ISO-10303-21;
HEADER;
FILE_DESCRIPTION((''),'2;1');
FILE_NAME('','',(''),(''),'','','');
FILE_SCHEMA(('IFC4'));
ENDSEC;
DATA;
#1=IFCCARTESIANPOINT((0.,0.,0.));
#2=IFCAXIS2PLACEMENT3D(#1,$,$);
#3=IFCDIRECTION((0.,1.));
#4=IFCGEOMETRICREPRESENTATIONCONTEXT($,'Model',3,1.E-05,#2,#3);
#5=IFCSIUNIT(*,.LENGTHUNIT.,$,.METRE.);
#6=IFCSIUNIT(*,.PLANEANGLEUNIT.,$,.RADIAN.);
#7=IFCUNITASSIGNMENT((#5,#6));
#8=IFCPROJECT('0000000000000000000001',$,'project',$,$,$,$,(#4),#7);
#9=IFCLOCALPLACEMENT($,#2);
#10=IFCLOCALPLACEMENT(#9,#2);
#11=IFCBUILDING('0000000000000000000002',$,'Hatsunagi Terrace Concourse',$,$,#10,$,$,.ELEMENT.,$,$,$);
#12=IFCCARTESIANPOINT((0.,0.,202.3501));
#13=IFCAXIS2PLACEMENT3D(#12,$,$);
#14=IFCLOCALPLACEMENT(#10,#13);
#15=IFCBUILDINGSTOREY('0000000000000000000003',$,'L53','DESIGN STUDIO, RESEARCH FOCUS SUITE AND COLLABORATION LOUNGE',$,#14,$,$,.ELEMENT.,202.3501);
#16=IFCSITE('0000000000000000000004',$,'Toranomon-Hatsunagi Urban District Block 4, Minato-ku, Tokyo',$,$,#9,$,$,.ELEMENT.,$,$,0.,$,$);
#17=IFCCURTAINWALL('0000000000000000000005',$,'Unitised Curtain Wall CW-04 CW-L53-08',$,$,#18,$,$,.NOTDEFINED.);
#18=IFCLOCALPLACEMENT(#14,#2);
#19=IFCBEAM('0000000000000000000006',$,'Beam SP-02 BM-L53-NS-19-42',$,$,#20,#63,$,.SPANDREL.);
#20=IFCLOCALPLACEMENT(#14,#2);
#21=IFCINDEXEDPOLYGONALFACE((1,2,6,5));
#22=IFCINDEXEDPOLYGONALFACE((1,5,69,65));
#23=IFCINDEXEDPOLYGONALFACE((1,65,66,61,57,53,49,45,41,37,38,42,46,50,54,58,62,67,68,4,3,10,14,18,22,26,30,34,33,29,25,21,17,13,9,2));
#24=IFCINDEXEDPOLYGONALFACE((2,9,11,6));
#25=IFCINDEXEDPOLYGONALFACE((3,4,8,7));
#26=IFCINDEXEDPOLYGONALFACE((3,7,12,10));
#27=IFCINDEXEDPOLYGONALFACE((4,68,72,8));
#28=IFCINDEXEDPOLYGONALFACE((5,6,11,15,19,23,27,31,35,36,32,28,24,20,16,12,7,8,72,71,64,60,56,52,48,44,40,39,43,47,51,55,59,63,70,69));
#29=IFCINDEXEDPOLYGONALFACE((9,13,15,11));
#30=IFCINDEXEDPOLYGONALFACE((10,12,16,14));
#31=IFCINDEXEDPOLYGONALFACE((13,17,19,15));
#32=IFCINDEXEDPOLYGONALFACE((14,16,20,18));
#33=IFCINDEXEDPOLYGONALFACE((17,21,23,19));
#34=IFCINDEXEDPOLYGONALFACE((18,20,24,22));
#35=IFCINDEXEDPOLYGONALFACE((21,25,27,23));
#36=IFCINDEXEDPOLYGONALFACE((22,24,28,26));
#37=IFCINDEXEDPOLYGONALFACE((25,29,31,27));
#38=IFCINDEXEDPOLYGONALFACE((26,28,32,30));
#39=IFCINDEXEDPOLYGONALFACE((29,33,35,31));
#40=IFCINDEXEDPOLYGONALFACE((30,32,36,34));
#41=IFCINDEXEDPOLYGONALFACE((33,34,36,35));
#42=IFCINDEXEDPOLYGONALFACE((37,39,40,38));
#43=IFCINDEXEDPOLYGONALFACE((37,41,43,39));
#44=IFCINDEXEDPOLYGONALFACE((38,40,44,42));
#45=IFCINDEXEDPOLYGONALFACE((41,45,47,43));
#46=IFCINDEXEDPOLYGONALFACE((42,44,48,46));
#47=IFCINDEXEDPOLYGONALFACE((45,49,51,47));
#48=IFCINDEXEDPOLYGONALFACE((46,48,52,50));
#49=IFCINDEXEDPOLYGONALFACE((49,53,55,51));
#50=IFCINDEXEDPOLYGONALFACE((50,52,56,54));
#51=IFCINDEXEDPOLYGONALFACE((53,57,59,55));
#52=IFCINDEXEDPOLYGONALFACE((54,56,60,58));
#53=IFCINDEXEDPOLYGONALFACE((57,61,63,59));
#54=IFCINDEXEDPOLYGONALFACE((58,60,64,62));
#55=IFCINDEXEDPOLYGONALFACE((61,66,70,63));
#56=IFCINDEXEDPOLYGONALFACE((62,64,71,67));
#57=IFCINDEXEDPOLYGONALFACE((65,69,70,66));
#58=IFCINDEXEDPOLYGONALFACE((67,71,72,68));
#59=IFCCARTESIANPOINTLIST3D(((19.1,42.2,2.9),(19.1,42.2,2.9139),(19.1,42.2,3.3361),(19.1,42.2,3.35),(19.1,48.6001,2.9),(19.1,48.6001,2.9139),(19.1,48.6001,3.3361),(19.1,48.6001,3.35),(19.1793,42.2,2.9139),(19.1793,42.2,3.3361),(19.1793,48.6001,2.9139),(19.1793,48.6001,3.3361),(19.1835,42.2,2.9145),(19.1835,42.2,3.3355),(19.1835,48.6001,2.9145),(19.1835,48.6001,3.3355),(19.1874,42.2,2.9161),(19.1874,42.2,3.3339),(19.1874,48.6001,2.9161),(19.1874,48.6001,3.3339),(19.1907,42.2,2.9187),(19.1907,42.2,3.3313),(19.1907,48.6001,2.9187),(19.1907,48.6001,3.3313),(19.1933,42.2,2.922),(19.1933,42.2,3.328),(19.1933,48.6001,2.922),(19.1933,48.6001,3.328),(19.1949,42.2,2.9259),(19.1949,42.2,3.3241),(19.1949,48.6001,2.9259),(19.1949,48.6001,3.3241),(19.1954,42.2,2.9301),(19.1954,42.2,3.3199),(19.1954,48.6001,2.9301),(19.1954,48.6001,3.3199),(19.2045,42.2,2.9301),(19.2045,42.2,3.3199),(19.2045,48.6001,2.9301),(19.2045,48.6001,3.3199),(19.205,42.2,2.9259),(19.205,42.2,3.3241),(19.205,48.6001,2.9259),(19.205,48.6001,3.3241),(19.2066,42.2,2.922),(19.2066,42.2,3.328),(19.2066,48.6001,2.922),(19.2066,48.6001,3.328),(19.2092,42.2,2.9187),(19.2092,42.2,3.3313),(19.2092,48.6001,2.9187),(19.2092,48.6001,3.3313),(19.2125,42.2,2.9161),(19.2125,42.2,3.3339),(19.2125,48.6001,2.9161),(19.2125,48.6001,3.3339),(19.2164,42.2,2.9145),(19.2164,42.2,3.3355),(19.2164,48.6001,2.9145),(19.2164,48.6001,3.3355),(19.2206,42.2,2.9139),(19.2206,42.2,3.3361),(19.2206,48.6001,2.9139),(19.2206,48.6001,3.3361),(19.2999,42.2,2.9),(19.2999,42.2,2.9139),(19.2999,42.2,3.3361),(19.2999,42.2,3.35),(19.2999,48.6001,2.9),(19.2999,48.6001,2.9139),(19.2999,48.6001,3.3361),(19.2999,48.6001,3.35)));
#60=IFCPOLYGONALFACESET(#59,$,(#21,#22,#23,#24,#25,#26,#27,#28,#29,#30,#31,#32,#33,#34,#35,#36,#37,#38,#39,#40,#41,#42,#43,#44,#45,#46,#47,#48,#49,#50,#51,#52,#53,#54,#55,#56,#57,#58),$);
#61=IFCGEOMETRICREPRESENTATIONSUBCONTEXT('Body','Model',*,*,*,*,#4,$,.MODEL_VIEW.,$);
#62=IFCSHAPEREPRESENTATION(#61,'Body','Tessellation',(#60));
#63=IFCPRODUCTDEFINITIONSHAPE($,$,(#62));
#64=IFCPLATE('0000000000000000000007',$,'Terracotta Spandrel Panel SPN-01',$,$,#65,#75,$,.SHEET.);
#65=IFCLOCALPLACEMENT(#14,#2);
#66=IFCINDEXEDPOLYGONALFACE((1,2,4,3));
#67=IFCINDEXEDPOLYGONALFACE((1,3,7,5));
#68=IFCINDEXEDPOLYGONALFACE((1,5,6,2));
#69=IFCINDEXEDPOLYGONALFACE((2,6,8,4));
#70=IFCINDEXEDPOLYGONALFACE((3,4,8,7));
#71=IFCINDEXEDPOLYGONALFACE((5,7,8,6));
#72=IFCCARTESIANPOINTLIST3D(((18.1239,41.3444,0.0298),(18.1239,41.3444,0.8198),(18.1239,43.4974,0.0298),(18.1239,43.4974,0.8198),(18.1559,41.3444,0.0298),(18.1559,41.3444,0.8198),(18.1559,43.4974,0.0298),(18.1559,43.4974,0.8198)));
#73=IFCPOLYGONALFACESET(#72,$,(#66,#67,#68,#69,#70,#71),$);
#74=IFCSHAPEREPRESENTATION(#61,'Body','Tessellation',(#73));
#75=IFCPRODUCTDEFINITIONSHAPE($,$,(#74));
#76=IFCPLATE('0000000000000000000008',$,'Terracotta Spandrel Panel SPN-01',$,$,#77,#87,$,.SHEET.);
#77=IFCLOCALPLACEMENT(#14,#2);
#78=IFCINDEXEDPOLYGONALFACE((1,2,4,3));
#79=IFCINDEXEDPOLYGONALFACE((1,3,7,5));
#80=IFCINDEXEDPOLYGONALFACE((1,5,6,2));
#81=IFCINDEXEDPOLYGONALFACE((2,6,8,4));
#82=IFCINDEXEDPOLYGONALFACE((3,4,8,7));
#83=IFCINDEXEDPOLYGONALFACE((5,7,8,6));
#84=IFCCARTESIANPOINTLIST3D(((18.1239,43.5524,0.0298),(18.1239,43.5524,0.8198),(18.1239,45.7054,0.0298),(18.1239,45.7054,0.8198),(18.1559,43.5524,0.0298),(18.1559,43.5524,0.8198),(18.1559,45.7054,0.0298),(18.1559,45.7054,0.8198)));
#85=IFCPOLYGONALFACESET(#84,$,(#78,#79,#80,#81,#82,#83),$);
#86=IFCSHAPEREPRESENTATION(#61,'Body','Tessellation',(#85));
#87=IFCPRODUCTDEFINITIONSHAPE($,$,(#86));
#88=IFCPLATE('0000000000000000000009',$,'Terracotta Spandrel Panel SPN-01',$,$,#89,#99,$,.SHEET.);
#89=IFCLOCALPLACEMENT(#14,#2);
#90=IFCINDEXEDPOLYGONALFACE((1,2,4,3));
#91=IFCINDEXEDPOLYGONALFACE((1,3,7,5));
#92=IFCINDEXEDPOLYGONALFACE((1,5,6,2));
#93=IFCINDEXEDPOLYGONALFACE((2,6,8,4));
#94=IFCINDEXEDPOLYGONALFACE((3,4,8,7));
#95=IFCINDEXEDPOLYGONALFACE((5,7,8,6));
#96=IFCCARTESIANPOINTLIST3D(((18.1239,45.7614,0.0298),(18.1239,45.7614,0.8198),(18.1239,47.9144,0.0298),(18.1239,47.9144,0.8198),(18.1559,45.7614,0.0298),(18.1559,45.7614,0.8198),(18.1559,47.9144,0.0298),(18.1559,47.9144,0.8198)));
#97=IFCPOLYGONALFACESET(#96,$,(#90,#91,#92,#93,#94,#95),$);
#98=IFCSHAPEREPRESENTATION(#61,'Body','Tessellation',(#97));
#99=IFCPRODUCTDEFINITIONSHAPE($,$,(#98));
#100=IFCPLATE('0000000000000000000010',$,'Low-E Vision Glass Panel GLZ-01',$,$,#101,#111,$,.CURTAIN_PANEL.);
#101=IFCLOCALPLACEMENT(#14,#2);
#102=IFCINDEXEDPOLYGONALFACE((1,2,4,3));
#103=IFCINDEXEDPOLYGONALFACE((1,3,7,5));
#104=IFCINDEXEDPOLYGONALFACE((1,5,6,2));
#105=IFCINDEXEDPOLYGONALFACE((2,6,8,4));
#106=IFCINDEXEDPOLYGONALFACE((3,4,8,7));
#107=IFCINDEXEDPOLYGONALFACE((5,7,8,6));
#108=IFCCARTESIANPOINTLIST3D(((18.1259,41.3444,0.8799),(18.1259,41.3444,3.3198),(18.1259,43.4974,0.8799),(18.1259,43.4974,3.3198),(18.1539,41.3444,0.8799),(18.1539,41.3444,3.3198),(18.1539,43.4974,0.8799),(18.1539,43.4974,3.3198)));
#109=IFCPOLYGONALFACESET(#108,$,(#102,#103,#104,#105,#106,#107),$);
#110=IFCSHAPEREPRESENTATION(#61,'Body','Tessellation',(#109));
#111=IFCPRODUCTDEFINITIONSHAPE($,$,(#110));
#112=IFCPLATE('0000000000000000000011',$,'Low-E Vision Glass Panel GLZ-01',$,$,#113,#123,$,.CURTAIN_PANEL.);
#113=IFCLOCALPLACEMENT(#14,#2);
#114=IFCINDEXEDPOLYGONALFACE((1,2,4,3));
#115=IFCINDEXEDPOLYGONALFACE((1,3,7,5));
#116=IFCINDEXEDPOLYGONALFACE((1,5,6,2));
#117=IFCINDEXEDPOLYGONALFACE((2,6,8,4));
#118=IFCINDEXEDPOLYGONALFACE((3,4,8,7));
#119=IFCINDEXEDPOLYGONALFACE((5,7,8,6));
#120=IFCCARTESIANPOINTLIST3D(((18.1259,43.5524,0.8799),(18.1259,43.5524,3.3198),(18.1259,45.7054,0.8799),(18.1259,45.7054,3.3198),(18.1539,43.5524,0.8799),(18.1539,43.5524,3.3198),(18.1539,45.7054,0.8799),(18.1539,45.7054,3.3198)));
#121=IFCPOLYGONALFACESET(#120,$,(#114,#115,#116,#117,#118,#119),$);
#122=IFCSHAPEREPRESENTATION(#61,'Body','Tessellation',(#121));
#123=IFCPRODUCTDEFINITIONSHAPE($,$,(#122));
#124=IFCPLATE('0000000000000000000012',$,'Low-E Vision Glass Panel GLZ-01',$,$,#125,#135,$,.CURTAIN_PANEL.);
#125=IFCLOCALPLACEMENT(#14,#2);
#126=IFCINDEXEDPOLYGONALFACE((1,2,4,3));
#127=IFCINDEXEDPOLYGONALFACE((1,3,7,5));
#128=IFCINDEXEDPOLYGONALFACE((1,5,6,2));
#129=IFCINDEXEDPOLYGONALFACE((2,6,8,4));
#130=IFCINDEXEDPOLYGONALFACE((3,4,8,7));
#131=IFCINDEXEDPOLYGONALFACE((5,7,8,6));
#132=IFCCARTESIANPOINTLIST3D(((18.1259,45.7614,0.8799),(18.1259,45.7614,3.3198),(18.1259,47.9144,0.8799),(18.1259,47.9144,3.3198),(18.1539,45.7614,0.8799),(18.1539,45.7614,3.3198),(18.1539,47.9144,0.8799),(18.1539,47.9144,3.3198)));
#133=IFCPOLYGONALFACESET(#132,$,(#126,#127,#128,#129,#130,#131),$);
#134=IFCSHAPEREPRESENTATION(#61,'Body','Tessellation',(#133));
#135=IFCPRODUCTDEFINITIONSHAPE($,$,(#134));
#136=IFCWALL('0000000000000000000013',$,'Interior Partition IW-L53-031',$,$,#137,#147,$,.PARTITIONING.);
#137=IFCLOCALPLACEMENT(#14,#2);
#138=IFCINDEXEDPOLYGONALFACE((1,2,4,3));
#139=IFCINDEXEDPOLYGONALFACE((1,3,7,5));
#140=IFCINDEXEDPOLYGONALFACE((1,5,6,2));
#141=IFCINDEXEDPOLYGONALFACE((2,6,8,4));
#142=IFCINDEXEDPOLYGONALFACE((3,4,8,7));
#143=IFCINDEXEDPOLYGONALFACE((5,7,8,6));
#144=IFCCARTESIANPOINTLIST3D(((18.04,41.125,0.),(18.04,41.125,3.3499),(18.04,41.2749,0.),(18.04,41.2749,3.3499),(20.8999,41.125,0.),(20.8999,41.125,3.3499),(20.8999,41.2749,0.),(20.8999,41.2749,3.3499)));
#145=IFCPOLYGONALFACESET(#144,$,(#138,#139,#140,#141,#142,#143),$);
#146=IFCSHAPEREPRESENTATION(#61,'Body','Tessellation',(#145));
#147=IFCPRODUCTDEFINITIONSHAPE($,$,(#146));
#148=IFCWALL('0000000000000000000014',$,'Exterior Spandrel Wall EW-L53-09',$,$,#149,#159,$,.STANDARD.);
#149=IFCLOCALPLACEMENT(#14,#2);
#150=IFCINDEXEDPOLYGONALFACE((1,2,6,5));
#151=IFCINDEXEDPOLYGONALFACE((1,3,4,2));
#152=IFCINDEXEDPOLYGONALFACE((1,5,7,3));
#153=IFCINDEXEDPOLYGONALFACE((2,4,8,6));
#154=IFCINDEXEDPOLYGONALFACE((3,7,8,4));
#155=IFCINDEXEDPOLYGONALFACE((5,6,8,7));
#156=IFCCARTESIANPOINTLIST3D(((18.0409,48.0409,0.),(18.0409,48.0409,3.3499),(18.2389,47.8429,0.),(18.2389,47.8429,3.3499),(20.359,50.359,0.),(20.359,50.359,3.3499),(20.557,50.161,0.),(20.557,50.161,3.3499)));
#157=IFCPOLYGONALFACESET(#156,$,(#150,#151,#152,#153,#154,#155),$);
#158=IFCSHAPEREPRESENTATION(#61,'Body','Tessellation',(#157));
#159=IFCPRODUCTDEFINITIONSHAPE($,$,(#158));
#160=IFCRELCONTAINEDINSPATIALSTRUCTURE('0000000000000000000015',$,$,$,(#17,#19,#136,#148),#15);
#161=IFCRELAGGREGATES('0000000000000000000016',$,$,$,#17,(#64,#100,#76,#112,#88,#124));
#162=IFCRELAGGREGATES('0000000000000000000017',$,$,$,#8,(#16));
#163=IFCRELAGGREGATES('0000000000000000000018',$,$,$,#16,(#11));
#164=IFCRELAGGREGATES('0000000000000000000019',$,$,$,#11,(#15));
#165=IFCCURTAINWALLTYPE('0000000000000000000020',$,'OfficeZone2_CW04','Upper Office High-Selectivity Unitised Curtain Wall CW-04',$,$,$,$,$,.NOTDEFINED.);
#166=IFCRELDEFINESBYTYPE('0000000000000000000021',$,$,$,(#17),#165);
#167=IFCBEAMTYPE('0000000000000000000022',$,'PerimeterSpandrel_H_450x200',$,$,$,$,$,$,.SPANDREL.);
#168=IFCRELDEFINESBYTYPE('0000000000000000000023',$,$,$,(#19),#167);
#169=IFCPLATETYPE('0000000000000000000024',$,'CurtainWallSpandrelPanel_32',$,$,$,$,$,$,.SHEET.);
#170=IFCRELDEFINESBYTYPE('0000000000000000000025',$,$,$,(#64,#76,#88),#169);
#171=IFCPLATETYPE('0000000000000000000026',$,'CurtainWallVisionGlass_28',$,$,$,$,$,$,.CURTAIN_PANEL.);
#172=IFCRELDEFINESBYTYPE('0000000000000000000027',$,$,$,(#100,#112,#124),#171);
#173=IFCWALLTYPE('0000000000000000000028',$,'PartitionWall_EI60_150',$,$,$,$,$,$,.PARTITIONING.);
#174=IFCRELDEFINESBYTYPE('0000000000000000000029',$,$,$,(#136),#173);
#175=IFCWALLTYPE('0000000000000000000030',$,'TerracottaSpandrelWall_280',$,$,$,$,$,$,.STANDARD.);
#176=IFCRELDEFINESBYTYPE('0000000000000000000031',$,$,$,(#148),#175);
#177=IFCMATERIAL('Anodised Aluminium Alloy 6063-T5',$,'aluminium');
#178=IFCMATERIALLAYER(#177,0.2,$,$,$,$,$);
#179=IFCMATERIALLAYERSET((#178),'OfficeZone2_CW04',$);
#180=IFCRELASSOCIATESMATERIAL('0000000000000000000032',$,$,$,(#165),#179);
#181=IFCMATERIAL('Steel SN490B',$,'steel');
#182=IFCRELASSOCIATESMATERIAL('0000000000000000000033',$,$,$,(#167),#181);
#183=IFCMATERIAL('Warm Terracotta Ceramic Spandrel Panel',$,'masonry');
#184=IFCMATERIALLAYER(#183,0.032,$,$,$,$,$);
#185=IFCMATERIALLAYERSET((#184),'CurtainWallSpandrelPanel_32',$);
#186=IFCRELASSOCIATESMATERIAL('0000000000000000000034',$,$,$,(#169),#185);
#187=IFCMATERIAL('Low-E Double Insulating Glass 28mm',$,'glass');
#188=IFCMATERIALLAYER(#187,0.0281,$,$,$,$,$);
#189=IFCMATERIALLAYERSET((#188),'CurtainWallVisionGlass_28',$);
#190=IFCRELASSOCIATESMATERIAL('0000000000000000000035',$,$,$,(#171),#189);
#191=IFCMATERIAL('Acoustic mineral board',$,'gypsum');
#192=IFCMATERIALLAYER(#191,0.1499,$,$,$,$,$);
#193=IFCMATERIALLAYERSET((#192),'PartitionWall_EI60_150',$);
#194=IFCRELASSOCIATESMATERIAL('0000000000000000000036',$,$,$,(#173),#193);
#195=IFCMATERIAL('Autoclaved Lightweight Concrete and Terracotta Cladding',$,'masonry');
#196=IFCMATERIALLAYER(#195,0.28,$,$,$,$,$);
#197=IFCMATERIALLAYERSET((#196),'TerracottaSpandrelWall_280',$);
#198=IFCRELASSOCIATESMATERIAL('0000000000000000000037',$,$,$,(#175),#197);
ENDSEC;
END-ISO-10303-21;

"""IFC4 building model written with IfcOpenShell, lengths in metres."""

from ifc_helpers import new_model, si_unit, direction, frame, frame_2d, origin, origin_2d, place, context, subcontext, project, spatial, rectangle, i_section, extrude, material, layer, layer_set, material_profile, profile_set, type_object, element, aggregate, save


model = new_model("IFC4")

# Units and contexts
model_context = context("Model", 3, precision=1e-05, world=origin(), true_north=direction((0.0, 1.0)))
body_context = subcontext(model_context, "Body", "Model", "MODEL_VIEW")
ifc_project = project(units=[si_unit("LENGTHUNIT", "METRE"), si_unit("PLANEANGLEUNIT", "RADIAN")], contexts=[model_context])

# Site, building, storey
site_placement = place(None, origin())
site = spatial("IfcSite", under=ifc_project, at=site_placement, Name="Toranomon-Hatsunagi Urban District Block 4, Minato-ku, Tokyo", CompositionType="ELEMENT", RefElevation=0.0)
building_placement = place(site_placement, origin())
building = spatial("IfcBuilding", under=site, at=building_placement, Name="Hatsunagi Terrace Concourse", CompositionType="ELEMENT")
storey_placement = place(building_placement, frame((0.0, 0.0, 202.3501)))
storey = spatial("IfcBuildingStorey", under=building, at=storey_placement, Name="L53", Description="DESIGN STUDIO, RESEARCH FOCUS SUITE AND COLLABORATION LOUNGE", CompositionType="ELEMENT", Elevation=202.3501)

# Curtain wall
ifc_material_1 = material(Name="Anodised Aluminium Alloy 6063-T5", Category="aluminium")
ifc_layer_1 = layer(ifc_material_1, 0.2)
ifc_layer_set_1 = layer_set([ifc_layer_1], Name="OfficeZone2_CW04")
curtain_wall_type = type_object("IfcCurtainWallType", Name="OfficeZone2_CW04", Description="Upper Office High-Selectivity Unitised Curtain Wall CW-04", PredefinedType="NOTDEFINED", material=ifc_layer_set_1)
curtain_wall_placement = place(storey_placement, origin())
curtain_wall = element("IfcCurtainWall", 1, at=curtain_wall_placement, inside=storey, type_object=curtain_wall_type, Name="Unitised Curtain Wall CW-04 CW-L53-08", PredefinedType="NOTDEFINED")

# Beam
ifc_material_2 = material(Name="Steel SN490B", Category="steel")
ifc_material_profile_1 = material_profile(ifc_material_2, i_section(OverallWidth=0.2, OverallDepth=0.45, WebThickness=0.009, FlangeThickness=0.0139, FilletRadius=0.0161, at=origin_2d()), Name="H-450x200x9x14")
ifc_profile_set_1 = profile_set([ifc_material_profile_1], Name="Steel SN490B")
beam_type = type_object("IfcBeamType", Name="PerimeterSpandrel_H_450x200", PredefinedType="SPANDREL", material=ifc_profile_set_1)
beam_1_placement = place(storey_placement, frame((19.2, 42.2, 3.125), z_axis=(0.0, 1.0, 0.0), x_axis=(-1.0, 0.0, 0.0)))
element("IfcBeam", 2, at=beam_1_placement, inside=storey, type_object=beam_type, Name="Beam SP-02 BM-L53-NS-19-42", PredefinedType="SPANDREL", context=body_context, shape_type="SweptSolid", body=[
    extrude(i_section(OverallWidth=0.2, OverallDepth=0.45, WebThickness=0.009, FlangeThickness=0.0139, FilletRadius=0.0161, at=origin_2d()), origin(), (0.0, 0.0, 1.0), 6.4001),
])

# Plates
ifc_material_3 = material(Name="Warm Terracotta Ceramic Spandrel Panel", Category="masonry")
ifc_layer_2 = layer(ifc_material_3, 0.032)
ifc_layer_set_2 = layer_set([ifc_layer_2], Name="CurtainWallSpandrelPanel_32")
plate_type_1 = type_object("IfcPlateType", Name="CurtainWallSpandrelPanel_32", PredefinedType="SHEET", material=ifc_layer_set_2)
plate_1_placement = place(storey_placement, frame((18.1399, 42.4209, 0.0298), z_axis=(0.0, 0.0, 1.0), x_axis=(0.0, 1.0, 0.0)))
plate_1 = element("IfcPlate", 3, at=plate_1_placement, type_object=plate_type_1, Name="Terracotta Spandrel Panel SPN-01", PredefinedType="SHEET", context=body_context, shape_type="SweptSolid", body=[
    extrude(rectangle(XDim=2.1531, YDim=0.032, at=origin_2d()), origin(), (0.0, 0.0, 1.0), 0.79),
])
plate_2_placement = place(storey_placement, frame((18.1399, 44.6289, 0.0298), z_axis=(0.0, 0.0, 1.0), x_axis=(0.0, 1.0, 0.0)))
plate_2 = element("IfcPlate", 4, at=plate_2_placement, type_object=plate_type_1, Name="Terracotta Spandrel Panel SPN-01", PredefinedType="SHEET", context=body_context, shape_type="SweptSolid", body=[
    extrude(rectangle(XDim=2.1531, YDim=0.032, at=origin_2d()), origin(), (0.0, 0.0, 1.0), 0.79),
])
plate_3_placement = place(storey_placement, frame((18.1399, 46.8379, 0.0298), z_axis=(0.0, 0.0, 1.0), x_axis=(0.0, 1.0, 0.0)))
plate_3 = element("IfcPlate", 5, at=plate_3_placement, type_object=plate_type_1, Name="Terracotta Spandrel Panel SPN-01", PredefinedType="SHEET", context=body_context, shape_type="SweptSolid", body=[
    extrude(rectangle(XDim=2.1531, YDim=0.032, at=origin_2d()), origin(), (0.0, 0.0, 1.0), 0.79),
])
ifc_material_4 = material(Name="Low-E Double Insulating Glass 28mm", Category="glass")
ifc_layer_3 = layer(ifc_material_4, 0.0281)
ifc_layer_set_3 = layer_set([ifc_layer_3], Name="CurtainWallVisionGlass_28")
plate_type_2 = type_object("IfcPlateType", Name="CurtainWallVisionGlass_28", PredefinedType="CURTAIN_PANEL", material=ifc_layer_set_3)
plate_4_placement = place(storey_placement, frame((18.1399, 42.4209, 0.8799), z_axis=(0.0, 0.0, 1.0), x_axis=(0.0, 1.0, 0.0)))
plate_4 = element("IfcPlate", 6, at=plate_4_placement, type_object=plate_type_2, Name="Low-E Vision Glass Panel GLZ-01", PredefinedType="CURTAIN_PANEL", context=body_context, shape_type="SweptSolid", body=[
    extrude(rectangle(XDim=2.1531, YDim=0.0281, at=origin_2d()), origin(), (0.0, 0.0, 1.0), 2.4399),
])
plate_5_placement = place(storey_placement, frame((18.1399, 44.6289, 0.8799), z_axis=(0.0, 0.0, 1.0), x_axis=(0.0, 1.0, 0.0)))
plate_5 = element("IfcPlate", 7, at=plate_5_placement, type_object=plate_type_2, Name="Low-E Vision Glass Panel GLZ-01", PredefinedType="CURTAIN_PANEL", context=body_context, shape_type="SweptSolid", body=[
    extrude(rectangle(XDim=2.1531, YDim=0.0281, at=origin_2d()), origin(), (0.0, 0.0, 1.0), 2.4399),
])
plate_6_placement = place(storey_placement, frame((18.1399, 46.8379, 0.8799), z_axis=(0.0, 0.0, 1.0), x_axis=(0.0, 1.0, 0.0)))
plate_6 = element("IfcPlate", 8, at=plate_6_placement, type_object=plate_type_2, Name="Low-E Vision Glass Panel GLZ-01", PredefinedType="CURTAIN_PANEL", context=body_context, shape_type="SweptSolid", body=[
    extrude(rectangle(XDim=2.1531, YDim=0.0281, at=origin_2d()), origin(), (0.0, 0.0, 1.0), 2.4399),
])
aggregate(curtain_wall, [plate_1, plate_4, plate_2, plate_5, plate_3, plate_6])

# Walls
ifc_material_5 = material(Name="Acoustic mineral board", Category="gypsum")
ifc_layer_4 = layer(ifc_material_5, 0.1499)
ifc_layer_set_4 = layer_set([ifc_layer_4], Name="PartitionWall_EI60_150")
wall_type_1 = type_object("IfcWallType", Name="PartitionWall_EI60_150", PredefinedType="PARTITIONING", material=ifc_layer_set_4)
wall_1_placement = place(storey_placement, frame((18.04, 41.2, 0.0), z_axis=(0.0, 0.0, 1.0), x_axis=(1.0, 0.0, 0.0)))
element("IfcWall", 9, at=wall_1_placement, inside=storey, type_object=wall_type_1, Name="Interior Partition IW-L53-031", PredefinedType="PARTITIONING", context=body_context, shape_type="SweptSolid", body=[
    extrude(rectangle(XDim=2.8599, YDim=0.1499, at=frame_2d((1.4299, 0.0))), origin(), (0.0, 0.0, 1.0), 3.3499),
])
ifc_material_6 = material(Name="Autoclaved Lightweight Concrete and Terracotta Cladding", Category="masonry")
ifc_layer_5 = layer(ifc_material_6, 0.28)
ifc_layer_set_5 = layer_set([ifc_layer_5], Name="TerracottaSpandrelWall_280")
wall_type_2 = type_object("IfcWallType", Name="TerracottaSpandrelWall_280", PredefinedType="STANDARD", material=ifc_layer_set_5)
wall_2_placement = place(storey_placement, frame((18.1399, 47.9419, 0.0), z_axis=(0.0, 0.0, 1.0), x_axis=(0.707107, 0.707107, 0.0)))
element("IfcWall", 10, at=wall_2_placement, inside=storey, type_object=wall_type_2, Name="Exterior Spandrel Wall EW-L53-09", PredefinedType="STANDARD", context=body_context, shape_type="SweptSolid", body=[
    extrude(rectangle(XDim=3.2783, YDim=0.28, at=frame_2d((1.6392, 0.0))), origin(), (0.0, 0.0, 1.0), 3.3499),
])

save(model, "model.ifc")
